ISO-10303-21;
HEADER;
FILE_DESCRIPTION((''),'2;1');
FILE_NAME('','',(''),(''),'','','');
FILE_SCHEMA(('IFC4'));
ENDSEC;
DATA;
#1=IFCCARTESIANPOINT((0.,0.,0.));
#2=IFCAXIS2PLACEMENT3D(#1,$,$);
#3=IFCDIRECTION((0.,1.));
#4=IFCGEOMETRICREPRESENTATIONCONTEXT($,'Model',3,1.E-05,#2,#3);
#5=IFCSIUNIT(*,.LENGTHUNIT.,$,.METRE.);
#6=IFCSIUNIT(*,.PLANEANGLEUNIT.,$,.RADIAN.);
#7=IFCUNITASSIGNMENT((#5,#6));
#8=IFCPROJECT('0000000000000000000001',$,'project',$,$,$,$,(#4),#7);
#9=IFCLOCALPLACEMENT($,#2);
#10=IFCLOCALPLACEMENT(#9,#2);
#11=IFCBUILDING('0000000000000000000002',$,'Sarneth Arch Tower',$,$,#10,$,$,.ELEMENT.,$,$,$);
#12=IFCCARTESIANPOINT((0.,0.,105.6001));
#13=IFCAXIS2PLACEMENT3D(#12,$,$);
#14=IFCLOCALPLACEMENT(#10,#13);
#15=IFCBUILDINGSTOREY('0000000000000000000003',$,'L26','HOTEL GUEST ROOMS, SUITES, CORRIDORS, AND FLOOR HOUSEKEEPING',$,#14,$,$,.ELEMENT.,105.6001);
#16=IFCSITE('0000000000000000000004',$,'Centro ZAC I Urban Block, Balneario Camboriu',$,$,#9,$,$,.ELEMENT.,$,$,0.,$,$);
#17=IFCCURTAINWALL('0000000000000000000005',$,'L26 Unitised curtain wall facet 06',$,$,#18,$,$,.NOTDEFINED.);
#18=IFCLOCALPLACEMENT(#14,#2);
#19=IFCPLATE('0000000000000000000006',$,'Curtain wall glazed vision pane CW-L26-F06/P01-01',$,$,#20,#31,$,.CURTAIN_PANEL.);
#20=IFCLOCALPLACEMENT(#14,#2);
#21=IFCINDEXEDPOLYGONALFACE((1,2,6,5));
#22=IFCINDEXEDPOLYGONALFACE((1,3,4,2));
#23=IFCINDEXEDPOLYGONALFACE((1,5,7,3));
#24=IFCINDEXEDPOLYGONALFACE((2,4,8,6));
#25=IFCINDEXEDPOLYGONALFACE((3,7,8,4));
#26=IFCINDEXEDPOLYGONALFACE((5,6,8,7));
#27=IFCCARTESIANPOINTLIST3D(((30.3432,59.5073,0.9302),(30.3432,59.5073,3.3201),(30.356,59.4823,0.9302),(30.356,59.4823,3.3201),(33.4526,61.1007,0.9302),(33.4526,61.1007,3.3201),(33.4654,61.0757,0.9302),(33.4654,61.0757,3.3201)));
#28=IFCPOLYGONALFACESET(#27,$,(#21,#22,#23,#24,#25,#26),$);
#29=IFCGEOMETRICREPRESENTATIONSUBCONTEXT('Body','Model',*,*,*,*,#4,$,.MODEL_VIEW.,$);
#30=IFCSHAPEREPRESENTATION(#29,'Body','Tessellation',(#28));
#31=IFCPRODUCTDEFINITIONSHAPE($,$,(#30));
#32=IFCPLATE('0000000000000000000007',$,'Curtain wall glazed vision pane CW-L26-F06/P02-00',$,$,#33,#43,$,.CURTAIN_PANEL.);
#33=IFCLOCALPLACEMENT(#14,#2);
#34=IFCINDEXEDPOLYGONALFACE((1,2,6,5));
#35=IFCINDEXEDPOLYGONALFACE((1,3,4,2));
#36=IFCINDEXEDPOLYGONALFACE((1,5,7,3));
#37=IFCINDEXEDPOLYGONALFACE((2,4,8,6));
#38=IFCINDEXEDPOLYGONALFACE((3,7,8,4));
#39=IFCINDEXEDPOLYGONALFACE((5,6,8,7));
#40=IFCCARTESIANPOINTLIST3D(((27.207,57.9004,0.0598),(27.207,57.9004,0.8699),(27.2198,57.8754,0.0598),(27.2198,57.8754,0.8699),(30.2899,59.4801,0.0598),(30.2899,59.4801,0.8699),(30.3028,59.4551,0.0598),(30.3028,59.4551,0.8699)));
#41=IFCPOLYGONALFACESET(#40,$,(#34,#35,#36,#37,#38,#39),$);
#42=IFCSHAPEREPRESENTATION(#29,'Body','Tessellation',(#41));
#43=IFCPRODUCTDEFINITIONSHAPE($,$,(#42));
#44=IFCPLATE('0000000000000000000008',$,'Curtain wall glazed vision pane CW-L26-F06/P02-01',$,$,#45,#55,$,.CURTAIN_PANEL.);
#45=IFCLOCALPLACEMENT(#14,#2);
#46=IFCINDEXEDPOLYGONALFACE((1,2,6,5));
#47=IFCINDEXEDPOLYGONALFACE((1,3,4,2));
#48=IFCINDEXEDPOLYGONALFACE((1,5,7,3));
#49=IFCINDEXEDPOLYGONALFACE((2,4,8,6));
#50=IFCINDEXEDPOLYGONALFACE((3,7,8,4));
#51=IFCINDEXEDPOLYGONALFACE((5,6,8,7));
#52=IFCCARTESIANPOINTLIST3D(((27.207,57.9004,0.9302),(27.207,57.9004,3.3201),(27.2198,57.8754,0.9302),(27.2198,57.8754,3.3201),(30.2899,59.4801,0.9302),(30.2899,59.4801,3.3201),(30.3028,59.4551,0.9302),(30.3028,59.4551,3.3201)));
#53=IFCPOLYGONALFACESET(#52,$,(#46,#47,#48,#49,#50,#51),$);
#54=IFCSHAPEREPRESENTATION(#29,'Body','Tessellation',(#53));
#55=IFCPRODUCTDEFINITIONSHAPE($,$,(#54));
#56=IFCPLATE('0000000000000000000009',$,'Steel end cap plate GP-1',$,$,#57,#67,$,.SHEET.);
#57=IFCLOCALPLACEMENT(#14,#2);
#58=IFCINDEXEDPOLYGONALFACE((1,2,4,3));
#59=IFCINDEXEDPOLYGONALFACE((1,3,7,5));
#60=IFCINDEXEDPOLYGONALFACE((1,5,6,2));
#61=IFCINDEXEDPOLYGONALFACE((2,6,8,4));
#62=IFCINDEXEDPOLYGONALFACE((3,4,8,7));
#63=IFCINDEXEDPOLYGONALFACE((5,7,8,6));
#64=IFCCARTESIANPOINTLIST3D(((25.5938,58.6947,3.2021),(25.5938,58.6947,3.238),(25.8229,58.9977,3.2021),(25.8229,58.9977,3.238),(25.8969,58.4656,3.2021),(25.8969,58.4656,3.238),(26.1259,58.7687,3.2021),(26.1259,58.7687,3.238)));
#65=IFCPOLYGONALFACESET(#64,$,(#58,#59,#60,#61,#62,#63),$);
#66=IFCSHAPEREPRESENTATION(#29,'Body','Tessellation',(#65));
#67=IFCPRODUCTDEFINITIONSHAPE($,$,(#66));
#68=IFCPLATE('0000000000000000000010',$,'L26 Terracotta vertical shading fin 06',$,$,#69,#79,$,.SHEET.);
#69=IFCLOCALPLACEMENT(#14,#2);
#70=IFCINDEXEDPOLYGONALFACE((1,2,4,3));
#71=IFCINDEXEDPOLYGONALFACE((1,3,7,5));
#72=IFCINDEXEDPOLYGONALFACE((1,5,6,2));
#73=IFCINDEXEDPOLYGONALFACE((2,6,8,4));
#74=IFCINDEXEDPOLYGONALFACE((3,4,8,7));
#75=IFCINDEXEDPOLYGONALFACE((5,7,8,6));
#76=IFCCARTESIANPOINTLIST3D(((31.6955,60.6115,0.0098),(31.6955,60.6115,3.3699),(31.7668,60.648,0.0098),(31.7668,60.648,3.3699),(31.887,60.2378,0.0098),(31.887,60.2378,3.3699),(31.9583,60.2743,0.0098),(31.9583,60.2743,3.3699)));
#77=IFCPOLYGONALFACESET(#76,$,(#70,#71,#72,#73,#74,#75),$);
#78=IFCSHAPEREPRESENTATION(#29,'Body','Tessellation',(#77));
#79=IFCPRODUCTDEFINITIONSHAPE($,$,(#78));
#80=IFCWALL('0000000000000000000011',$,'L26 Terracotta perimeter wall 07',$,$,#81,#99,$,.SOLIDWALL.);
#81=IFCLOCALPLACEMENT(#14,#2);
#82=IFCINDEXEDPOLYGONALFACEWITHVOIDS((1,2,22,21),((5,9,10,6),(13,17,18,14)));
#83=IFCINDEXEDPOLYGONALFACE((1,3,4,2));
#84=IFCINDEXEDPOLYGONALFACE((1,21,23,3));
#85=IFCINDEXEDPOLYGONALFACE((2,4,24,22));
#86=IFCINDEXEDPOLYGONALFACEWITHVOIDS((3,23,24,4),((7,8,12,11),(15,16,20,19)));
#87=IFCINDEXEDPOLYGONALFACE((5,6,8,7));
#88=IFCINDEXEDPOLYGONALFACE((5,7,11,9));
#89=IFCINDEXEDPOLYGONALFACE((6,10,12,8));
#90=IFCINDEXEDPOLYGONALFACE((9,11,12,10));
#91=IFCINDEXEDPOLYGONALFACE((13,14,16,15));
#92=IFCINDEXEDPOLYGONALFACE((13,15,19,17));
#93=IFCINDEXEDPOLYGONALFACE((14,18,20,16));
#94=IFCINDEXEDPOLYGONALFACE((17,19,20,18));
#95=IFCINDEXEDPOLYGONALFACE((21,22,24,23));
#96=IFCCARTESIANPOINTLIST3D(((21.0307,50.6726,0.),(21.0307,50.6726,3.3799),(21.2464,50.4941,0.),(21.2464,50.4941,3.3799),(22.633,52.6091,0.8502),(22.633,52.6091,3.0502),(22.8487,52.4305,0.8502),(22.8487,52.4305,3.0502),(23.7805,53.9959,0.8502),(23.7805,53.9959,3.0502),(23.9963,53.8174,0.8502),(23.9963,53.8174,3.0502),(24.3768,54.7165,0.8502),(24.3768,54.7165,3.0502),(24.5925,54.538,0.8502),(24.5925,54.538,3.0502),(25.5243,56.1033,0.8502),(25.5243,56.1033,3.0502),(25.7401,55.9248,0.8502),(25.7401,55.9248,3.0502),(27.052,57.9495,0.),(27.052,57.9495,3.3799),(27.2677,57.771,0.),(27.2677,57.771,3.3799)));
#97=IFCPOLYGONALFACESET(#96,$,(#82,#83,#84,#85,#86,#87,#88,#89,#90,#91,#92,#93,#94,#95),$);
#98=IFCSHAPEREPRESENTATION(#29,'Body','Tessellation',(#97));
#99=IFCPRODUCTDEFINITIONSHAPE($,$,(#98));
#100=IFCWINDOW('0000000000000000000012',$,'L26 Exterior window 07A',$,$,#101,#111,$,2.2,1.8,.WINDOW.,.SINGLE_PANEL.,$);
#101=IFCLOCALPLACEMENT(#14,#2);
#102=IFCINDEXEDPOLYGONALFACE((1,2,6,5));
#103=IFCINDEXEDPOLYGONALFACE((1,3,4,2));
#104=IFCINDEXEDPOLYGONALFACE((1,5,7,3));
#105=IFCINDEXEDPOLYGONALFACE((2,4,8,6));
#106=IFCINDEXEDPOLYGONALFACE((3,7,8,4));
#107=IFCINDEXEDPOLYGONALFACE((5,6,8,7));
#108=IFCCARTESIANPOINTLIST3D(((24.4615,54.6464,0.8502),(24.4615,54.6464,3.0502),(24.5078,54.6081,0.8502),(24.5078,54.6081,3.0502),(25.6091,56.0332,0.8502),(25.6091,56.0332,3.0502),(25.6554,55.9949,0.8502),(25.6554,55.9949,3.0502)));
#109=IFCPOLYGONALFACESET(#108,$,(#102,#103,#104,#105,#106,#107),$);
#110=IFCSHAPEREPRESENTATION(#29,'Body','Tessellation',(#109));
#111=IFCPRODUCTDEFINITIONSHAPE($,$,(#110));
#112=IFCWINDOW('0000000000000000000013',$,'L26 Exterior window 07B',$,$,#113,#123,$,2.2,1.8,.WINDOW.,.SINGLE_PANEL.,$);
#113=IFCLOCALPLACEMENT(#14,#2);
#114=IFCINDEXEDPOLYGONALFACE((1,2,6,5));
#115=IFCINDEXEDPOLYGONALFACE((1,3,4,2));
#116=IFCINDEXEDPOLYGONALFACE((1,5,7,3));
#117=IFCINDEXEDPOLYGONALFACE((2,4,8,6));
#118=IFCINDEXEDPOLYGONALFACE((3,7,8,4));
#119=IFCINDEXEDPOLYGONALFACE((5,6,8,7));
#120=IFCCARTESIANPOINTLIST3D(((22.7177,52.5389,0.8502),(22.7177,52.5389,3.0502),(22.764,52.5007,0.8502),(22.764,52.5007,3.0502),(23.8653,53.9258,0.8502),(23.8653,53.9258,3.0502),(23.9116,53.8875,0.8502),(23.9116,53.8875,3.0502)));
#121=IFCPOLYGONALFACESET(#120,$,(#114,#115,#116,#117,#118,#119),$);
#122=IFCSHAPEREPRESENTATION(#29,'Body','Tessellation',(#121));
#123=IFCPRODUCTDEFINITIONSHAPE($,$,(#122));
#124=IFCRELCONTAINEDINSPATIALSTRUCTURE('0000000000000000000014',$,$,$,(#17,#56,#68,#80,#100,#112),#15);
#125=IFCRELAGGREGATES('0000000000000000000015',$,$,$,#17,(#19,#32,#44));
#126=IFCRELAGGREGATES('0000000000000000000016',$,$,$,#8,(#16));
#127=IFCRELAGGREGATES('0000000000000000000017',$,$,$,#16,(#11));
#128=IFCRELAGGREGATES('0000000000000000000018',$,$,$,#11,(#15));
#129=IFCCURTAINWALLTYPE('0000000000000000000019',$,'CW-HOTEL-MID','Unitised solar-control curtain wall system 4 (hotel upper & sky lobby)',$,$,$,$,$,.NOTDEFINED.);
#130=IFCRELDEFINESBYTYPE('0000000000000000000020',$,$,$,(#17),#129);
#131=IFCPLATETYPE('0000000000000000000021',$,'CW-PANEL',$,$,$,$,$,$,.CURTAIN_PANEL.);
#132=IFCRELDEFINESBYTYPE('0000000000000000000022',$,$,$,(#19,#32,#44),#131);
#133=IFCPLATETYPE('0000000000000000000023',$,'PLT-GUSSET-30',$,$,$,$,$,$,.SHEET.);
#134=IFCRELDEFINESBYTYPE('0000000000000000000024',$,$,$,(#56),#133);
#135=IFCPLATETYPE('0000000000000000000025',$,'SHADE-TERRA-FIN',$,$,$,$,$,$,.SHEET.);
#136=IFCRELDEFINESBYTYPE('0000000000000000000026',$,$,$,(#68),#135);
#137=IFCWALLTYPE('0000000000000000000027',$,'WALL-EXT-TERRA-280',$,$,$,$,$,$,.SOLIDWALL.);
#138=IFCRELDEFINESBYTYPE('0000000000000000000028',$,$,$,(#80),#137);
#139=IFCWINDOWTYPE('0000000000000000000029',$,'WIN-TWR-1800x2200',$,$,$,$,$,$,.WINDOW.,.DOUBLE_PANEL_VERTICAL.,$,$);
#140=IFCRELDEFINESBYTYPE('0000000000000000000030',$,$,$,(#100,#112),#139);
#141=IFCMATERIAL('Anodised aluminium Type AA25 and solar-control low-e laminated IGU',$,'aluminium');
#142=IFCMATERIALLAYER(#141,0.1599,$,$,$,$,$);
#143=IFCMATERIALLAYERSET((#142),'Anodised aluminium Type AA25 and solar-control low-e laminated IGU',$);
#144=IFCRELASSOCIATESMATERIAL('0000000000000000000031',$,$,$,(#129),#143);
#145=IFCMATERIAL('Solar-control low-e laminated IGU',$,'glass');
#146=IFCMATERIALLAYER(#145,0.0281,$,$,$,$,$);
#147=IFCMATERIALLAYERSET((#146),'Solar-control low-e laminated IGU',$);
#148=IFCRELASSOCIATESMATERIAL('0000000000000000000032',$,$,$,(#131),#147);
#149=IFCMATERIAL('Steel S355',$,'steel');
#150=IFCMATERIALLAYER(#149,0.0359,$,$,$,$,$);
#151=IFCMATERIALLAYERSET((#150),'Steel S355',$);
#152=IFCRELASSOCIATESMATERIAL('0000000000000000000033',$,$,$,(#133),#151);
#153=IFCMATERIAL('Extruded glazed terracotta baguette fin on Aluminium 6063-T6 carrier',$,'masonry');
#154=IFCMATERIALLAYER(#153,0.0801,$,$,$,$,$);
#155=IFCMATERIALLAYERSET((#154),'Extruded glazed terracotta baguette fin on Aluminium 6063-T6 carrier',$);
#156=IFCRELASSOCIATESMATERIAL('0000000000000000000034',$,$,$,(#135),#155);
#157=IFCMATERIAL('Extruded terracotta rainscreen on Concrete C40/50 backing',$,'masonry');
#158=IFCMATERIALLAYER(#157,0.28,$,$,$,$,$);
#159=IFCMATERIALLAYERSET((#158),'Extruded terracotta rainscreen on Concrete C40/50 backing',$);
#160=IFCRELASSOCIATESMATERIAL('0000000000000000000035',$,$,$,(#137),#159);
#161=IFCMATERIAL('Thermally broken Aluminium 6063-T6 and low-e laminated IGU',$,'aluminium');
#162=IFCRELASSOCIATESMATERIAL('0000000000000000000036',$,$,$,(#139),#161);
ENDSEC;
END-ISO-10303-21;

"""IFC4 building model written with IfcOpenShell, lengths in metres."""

from ifc_helpers import new_model, si_unit, direction, frame, frame_2d, origin, origin_2d, place, context, subcontext, project, spatial, rectangle, extrude, material, layer, layer_set, type_object, element, fill, aggregate, save


model = new_model("IFC4")

# Units and contexts
model_context = context("Model", 3, precision=1e-05, world=origin(), true_north=direction((0.0, 1.0)))
body_context = subcontext(model_context, "Body", "Model", "MODEL_VIEW")
ifc_project = project(units=[si_unit("LENGTHUNIT", "METRE"), si_unit("PLANEANGLEUNIT", "RADIAN")], contexts=[model_context])

# Site, building, storey
site_placement = place(None, origin())
site = spatial("IfcSite", under=ifc_project, at=site_placement, Name="Centro ZAC I Urban Block, Balneario Camboriu", CompositionType="ELEMENT", RefElevation=0.0)
building_placement = place(site_placement, origin())
building = spatial("IfcBuilding", under=site, at=building_placement, Name="Sarneth Arch Tower", CompositionType="ELEMENT")
storey_placement = place(building_placement, frame((0.0, 0.0, 105.6001)))
storey = spatial("IfcBuildingStorey", under=building, at=storey_placement, Name="L26", Description="HOTEL GUEST ROOMS, SUITES, CORRIDORS, AND FLOOR HOUSEKEEPING", CompositionType="ELEMENT", Elevation=105.6001)

# Curtain wall
ifc_material_1 = material(Name="Anodised aluminium Type AA25 and solar-control low-e laminated IGU", Category="aluminium")
ifc_layer_1 = layer(ifc_material_1, 0.1599)
ifc_layer_set_1 = layer_set([ifc_layer_1], Name="Anodised aluminium Type AA25 and solar-control low-e laminated IGU")
curtain_wall_type = type_object("IfcCurtainWallType", Name="CW-HOTEL-MID", Description="Unitised solar-control curtain wall system 4 (hotel upper & sky lobby)", PredefinedType="NOTDEFINED", material=ifc_layer_set_1)
curtain_wall_placement = place(storey_placement, origin())
curtain_wall = element("IfcCurtainWall", 1, at=curtain_wall_placement, inside=storey, type_object=curtain_wall_type, Name="L26 Unitised curtain wall facet 06", PredefinedType="NOTDEFINED")

# Plates
ifc_material_2 = material(Name="Solar-control low-e laminated IGU", Category="glass")
ifc_layer_2 = layer(ifc_material_2, 0.0281)
ifc_layer_set_2 = layer_set([ifc_layer_2], Name="Solar-control low-e laminated IGU")
plate_type_1 = type_object("IfcPlateType", Name="CW-PANEL", PredefinedType="CURTAIN_PANEL", material=ifc_layer_set_2)
plate_1_placement = place(storey_placement, frame((31.9043, 60.2915, 0.9302), z_axis=(0.0, 0.0, 1.0), x_axis=(-0.889964, -0.456031, 0.0)))
plate_1 = element("IfcPlate", 2, at=plate_1_placement, type_object=plate_type_1, Name="Curtain wall glazed vision pane CW-L26-F06/P01-01", PredefinedType="CURTAIN_PANEL", context=body_context, shape_type="SweptSolid", body=[
    extrude(rectangle(XDim=3.4939, YDim=0.0281, at=origin_2d()), origin(), (0.0, 0.0, 1.0), 2.3899),
])
plate_2_placement = place(storey_placement, frame((28.7549, 58.6777, 0.0598), z_axis=(0.0, 0.0, 1.0), x_axis=(-0.889964, -0.456031, 0.0)))
plate_2 = element("IfcPlate", 3, at=plate_2_placement, type_object=plate_type_1, Name="Curtain wall glazed vision pane CW-L26-F06/P02-00", PredefinedType="CURTAIN_PANEL", context=body_context, shape_type="SweptSolid", body=[
    extrude(rectangle(XDim=3.4641, YDim=0.0281, at=origin_2d()), origin(), (0.0, 0.0, 1.0), 0.8101),
])
plate_3_placement = place(storey_placement, frame((28.7549, 58.6777, 0.9302), z_axis=(0.0, 0.0, 1.0), x_axis=(-0.889964, -0.456031, 0.0)))
plate_3 = element("IfcPlate", 4, at=plate_3_placement, type_object=plate_type_1, Name="Curtain wall glazed vision pane CW-L26-F06/P02-01", PredefinedType="CURTAIN_PANEL", context=body_context, shape_type="SweptSolid", body=[
    extrude(rectangle(XDim=3.4641, YDim=0.0281, at=origin_2d()), origin(), (0.0, 0.0, 1.0), 2.3899),
])
aggregate(curtain_wall, [plate_1, plate_2, plate_3])

# Plates
ifc_material_3 = material(Name="Steel S355", Category="steel")
ifc_layer_3 = layer(ifc_material_3, 0.0359)
ifc_layer_set_3 = layer_set([ifc_layer_3], Name="Steel S355")
plate_type_2 = type_object("IfcPlateType", Name="PLT-GUSSET-30", PredefinedType="SHEET", material=ifc_layer_set_3)
plate_4_placement = place(storey_placement, frame((25.8599, 58.7317, 3.2021), z_axis=(0.0, 0.0, 1.0), x_axis=(-0.797794, 0.60293, 0.0)))
element("IfcPlate", 5, at=plate_4_placement, inside=storey, type_object=plate_type_2, Name="Steel end cap plate GP-1", PredefinedType="SHEET", context=body_context, shape_type="SweptSolid", body=[
    extrude(rectangle(XDim=0.3799, YDim=0.3799, at=origin_2d()), origin(), (0.0, 0.0, 1.0), 0.0359),
])
ifc_material_4 = material(Name="Extruded glazed terracotta baguette fin on Aluminium 6063-T6 carrier", Category="masonry")
ifc_layer_4 = layer(ifc_material_4, 0.0801)
ifc_layer_set_4 = layer_set([ifc_layer_4], Name="Extruded glazed terracotta baguette fin on Aluminium 6063-T6 carrier")
plate_type_3 = type_object("IfcPlateType", Name="SHADE-TERRA-FIN", PredefinedType="SHEET", material=ifc_layer_set_4)
plate_5_placement = place(storey_placement, frame((31.8269, 60.4429, 0.0098), z_axis=(0.0, 0.0, 1.0), x_axis=(-0.456011, 0.889974, 0.0)))
element("IfcPlate", 6, at=plate_5_placement, inside=storey, type_object=plate_type_3, Name="L26 Terracotta vertical shading fin 06", PredefinedType="SHEET", context=body_context, shape_type="SweptSolid", body=[
    extrude(rectangle(XDim=0.4199, YDim=0.0801, at=origin_2d()), origin(), (0.0, 0.0, 1.0), 3.3601),
])

# Wall, openings, windows
ifc_material_5 = material(Name="Extruded terracotta rainscreen on Concrete C40/50 backing", Category="masonry")
ifc_layer_5 = layer(ifc_material_5, 0.28)
ifc_layer_set_5 = layer_set([ifc_layer_5], Name="Extruded terracotta rainscreen on Concrete C40/50 backing")
wall_type = type_object("IfcWallType", Name="WALL-EXT-TERRA-280", PredefinedType="SOLIDWALL", material=ifc_layer_set_5)
wall_placement = place(storey_placement, frame((27.1599, 57.8604, 0.0), z_axis=(0.0, 0.0, 1.0), x_axis=(-0.637506, -0.770446, 0.0)))
wall = element("IfcWall", 7, at=wall_placement, inside=storey, type_object=wall_type, Name="L26 Terracotta perimeter wall 07", PredefinedType="SOLIDWALL", context=body_context, shape_type="SweptSolid", body=[
    extrude(rectangle(XDim=9.4451, YDim=0.28, at=frame_2d((4.7227, 0.0))), origin(), (0.0, 0.0, 1.0), 3.3799),
])
opening_1_placement = place(wall_placement, frame((2.3965, 0.0, 0.8501)))
opening_1 = element("IfcOpeningElement", 8, at=opening_1_placement, cuts=wall, PredefinedType="OPENING", context=body_context, shape_type="SweptSolid", body=[
    extrude(rectangle(XDim=1.8, YDim=2.2, at=frame_2d((0.8999, 1.1001))), frame((0.0, 0.1499, 0.0), z_axis=(0.0, -1.0, 0.0), x_axis=(1.0, 0.0, 0.0)), (0.0, 0.0, 1.0), 0.3),
])
opening_2_placement = place(wall_placement, frame((5.1318, 0.0, 0.8501)))
opening_2 = element("IfcOpeningElement", 9, at=opening_2_placement, cuts=wall, PredefinedType="OPENING", context=body_context, shape_type="SweptSolid", body=[
    extrude(rectangle(XDim=1.8, YDim=2.2, at=frame_2d((0.8999, 1.1001))), frame((0.0, 0.1499, 0.0), z_axis=(0.0, -1.0, 0.0), x_axis=(1.0, 0.0, 0.0)), (0.0, 0.0, 1.0), 0.3),
])
ifc_material_6 = material(Name="Thermally broken Aluminium 6063-T6 and low-e laminated IGU", Category="aluminium")
window_type = type_object("IfcWindowType", Name="WIN-TWR-1800x2200", PartitioningType="DOUBLE_PANEL_VERTICAL", PredefinedType="WINDOW", material=ifc_material_6)
window_1_placement = place(opening_1_placement, origin())
window_1 = element("IfcWindow", 10, at=window_1_placement, inside=storey, type_object=window_type, Name="L26 Exterior window 07A", OverallHeight=2.2, OverallWidth=1.8, PartitioningType="SINGLE_PANEL", PredefinedType="WINDOW", context=body_context, shape_type="SweptSolid", body=[
    extrude(rectangle(XDim=1.8, YDim=2.2, at=frame_2d((0.8999, 1.1001))), frame((0.0, 0.03, 0.0), z_axis=(0.0, -1.0, 0.0), x_axis=(1.0, 0.0, 0.0)), (0.0, 0.0, 1.0), 0.0601),
])
fill(opening_1, window_1)
window_2_placement = place(opening_2_placement, origin())
window_2 = element("IfcWindow", 11, at=window_2_placement, inside=storey, type_object=window_type, Name="L26 Exterior window 07B", OverallHeight=2.2, OverallWidth=1.8, PartitioningType="SINGLE_PANEL", PredefinedType="WINDOW", context=body_context, shape_type="SweptSolid", body=[
    extrude(rectangle(XDim=1.8, YDim=2.2, at=frame_2d((0.8999, 1.1001))), frame((0.0, 0.03, 0.0), z_axis=(0.0, -1.0, 0.0), x_axis=(1.0, 0.0, 0.0)), (0.0, 0.0, 1.0), 0.0601),
])
fill(opening_2, window_2)

save(model, "model.ifc")
